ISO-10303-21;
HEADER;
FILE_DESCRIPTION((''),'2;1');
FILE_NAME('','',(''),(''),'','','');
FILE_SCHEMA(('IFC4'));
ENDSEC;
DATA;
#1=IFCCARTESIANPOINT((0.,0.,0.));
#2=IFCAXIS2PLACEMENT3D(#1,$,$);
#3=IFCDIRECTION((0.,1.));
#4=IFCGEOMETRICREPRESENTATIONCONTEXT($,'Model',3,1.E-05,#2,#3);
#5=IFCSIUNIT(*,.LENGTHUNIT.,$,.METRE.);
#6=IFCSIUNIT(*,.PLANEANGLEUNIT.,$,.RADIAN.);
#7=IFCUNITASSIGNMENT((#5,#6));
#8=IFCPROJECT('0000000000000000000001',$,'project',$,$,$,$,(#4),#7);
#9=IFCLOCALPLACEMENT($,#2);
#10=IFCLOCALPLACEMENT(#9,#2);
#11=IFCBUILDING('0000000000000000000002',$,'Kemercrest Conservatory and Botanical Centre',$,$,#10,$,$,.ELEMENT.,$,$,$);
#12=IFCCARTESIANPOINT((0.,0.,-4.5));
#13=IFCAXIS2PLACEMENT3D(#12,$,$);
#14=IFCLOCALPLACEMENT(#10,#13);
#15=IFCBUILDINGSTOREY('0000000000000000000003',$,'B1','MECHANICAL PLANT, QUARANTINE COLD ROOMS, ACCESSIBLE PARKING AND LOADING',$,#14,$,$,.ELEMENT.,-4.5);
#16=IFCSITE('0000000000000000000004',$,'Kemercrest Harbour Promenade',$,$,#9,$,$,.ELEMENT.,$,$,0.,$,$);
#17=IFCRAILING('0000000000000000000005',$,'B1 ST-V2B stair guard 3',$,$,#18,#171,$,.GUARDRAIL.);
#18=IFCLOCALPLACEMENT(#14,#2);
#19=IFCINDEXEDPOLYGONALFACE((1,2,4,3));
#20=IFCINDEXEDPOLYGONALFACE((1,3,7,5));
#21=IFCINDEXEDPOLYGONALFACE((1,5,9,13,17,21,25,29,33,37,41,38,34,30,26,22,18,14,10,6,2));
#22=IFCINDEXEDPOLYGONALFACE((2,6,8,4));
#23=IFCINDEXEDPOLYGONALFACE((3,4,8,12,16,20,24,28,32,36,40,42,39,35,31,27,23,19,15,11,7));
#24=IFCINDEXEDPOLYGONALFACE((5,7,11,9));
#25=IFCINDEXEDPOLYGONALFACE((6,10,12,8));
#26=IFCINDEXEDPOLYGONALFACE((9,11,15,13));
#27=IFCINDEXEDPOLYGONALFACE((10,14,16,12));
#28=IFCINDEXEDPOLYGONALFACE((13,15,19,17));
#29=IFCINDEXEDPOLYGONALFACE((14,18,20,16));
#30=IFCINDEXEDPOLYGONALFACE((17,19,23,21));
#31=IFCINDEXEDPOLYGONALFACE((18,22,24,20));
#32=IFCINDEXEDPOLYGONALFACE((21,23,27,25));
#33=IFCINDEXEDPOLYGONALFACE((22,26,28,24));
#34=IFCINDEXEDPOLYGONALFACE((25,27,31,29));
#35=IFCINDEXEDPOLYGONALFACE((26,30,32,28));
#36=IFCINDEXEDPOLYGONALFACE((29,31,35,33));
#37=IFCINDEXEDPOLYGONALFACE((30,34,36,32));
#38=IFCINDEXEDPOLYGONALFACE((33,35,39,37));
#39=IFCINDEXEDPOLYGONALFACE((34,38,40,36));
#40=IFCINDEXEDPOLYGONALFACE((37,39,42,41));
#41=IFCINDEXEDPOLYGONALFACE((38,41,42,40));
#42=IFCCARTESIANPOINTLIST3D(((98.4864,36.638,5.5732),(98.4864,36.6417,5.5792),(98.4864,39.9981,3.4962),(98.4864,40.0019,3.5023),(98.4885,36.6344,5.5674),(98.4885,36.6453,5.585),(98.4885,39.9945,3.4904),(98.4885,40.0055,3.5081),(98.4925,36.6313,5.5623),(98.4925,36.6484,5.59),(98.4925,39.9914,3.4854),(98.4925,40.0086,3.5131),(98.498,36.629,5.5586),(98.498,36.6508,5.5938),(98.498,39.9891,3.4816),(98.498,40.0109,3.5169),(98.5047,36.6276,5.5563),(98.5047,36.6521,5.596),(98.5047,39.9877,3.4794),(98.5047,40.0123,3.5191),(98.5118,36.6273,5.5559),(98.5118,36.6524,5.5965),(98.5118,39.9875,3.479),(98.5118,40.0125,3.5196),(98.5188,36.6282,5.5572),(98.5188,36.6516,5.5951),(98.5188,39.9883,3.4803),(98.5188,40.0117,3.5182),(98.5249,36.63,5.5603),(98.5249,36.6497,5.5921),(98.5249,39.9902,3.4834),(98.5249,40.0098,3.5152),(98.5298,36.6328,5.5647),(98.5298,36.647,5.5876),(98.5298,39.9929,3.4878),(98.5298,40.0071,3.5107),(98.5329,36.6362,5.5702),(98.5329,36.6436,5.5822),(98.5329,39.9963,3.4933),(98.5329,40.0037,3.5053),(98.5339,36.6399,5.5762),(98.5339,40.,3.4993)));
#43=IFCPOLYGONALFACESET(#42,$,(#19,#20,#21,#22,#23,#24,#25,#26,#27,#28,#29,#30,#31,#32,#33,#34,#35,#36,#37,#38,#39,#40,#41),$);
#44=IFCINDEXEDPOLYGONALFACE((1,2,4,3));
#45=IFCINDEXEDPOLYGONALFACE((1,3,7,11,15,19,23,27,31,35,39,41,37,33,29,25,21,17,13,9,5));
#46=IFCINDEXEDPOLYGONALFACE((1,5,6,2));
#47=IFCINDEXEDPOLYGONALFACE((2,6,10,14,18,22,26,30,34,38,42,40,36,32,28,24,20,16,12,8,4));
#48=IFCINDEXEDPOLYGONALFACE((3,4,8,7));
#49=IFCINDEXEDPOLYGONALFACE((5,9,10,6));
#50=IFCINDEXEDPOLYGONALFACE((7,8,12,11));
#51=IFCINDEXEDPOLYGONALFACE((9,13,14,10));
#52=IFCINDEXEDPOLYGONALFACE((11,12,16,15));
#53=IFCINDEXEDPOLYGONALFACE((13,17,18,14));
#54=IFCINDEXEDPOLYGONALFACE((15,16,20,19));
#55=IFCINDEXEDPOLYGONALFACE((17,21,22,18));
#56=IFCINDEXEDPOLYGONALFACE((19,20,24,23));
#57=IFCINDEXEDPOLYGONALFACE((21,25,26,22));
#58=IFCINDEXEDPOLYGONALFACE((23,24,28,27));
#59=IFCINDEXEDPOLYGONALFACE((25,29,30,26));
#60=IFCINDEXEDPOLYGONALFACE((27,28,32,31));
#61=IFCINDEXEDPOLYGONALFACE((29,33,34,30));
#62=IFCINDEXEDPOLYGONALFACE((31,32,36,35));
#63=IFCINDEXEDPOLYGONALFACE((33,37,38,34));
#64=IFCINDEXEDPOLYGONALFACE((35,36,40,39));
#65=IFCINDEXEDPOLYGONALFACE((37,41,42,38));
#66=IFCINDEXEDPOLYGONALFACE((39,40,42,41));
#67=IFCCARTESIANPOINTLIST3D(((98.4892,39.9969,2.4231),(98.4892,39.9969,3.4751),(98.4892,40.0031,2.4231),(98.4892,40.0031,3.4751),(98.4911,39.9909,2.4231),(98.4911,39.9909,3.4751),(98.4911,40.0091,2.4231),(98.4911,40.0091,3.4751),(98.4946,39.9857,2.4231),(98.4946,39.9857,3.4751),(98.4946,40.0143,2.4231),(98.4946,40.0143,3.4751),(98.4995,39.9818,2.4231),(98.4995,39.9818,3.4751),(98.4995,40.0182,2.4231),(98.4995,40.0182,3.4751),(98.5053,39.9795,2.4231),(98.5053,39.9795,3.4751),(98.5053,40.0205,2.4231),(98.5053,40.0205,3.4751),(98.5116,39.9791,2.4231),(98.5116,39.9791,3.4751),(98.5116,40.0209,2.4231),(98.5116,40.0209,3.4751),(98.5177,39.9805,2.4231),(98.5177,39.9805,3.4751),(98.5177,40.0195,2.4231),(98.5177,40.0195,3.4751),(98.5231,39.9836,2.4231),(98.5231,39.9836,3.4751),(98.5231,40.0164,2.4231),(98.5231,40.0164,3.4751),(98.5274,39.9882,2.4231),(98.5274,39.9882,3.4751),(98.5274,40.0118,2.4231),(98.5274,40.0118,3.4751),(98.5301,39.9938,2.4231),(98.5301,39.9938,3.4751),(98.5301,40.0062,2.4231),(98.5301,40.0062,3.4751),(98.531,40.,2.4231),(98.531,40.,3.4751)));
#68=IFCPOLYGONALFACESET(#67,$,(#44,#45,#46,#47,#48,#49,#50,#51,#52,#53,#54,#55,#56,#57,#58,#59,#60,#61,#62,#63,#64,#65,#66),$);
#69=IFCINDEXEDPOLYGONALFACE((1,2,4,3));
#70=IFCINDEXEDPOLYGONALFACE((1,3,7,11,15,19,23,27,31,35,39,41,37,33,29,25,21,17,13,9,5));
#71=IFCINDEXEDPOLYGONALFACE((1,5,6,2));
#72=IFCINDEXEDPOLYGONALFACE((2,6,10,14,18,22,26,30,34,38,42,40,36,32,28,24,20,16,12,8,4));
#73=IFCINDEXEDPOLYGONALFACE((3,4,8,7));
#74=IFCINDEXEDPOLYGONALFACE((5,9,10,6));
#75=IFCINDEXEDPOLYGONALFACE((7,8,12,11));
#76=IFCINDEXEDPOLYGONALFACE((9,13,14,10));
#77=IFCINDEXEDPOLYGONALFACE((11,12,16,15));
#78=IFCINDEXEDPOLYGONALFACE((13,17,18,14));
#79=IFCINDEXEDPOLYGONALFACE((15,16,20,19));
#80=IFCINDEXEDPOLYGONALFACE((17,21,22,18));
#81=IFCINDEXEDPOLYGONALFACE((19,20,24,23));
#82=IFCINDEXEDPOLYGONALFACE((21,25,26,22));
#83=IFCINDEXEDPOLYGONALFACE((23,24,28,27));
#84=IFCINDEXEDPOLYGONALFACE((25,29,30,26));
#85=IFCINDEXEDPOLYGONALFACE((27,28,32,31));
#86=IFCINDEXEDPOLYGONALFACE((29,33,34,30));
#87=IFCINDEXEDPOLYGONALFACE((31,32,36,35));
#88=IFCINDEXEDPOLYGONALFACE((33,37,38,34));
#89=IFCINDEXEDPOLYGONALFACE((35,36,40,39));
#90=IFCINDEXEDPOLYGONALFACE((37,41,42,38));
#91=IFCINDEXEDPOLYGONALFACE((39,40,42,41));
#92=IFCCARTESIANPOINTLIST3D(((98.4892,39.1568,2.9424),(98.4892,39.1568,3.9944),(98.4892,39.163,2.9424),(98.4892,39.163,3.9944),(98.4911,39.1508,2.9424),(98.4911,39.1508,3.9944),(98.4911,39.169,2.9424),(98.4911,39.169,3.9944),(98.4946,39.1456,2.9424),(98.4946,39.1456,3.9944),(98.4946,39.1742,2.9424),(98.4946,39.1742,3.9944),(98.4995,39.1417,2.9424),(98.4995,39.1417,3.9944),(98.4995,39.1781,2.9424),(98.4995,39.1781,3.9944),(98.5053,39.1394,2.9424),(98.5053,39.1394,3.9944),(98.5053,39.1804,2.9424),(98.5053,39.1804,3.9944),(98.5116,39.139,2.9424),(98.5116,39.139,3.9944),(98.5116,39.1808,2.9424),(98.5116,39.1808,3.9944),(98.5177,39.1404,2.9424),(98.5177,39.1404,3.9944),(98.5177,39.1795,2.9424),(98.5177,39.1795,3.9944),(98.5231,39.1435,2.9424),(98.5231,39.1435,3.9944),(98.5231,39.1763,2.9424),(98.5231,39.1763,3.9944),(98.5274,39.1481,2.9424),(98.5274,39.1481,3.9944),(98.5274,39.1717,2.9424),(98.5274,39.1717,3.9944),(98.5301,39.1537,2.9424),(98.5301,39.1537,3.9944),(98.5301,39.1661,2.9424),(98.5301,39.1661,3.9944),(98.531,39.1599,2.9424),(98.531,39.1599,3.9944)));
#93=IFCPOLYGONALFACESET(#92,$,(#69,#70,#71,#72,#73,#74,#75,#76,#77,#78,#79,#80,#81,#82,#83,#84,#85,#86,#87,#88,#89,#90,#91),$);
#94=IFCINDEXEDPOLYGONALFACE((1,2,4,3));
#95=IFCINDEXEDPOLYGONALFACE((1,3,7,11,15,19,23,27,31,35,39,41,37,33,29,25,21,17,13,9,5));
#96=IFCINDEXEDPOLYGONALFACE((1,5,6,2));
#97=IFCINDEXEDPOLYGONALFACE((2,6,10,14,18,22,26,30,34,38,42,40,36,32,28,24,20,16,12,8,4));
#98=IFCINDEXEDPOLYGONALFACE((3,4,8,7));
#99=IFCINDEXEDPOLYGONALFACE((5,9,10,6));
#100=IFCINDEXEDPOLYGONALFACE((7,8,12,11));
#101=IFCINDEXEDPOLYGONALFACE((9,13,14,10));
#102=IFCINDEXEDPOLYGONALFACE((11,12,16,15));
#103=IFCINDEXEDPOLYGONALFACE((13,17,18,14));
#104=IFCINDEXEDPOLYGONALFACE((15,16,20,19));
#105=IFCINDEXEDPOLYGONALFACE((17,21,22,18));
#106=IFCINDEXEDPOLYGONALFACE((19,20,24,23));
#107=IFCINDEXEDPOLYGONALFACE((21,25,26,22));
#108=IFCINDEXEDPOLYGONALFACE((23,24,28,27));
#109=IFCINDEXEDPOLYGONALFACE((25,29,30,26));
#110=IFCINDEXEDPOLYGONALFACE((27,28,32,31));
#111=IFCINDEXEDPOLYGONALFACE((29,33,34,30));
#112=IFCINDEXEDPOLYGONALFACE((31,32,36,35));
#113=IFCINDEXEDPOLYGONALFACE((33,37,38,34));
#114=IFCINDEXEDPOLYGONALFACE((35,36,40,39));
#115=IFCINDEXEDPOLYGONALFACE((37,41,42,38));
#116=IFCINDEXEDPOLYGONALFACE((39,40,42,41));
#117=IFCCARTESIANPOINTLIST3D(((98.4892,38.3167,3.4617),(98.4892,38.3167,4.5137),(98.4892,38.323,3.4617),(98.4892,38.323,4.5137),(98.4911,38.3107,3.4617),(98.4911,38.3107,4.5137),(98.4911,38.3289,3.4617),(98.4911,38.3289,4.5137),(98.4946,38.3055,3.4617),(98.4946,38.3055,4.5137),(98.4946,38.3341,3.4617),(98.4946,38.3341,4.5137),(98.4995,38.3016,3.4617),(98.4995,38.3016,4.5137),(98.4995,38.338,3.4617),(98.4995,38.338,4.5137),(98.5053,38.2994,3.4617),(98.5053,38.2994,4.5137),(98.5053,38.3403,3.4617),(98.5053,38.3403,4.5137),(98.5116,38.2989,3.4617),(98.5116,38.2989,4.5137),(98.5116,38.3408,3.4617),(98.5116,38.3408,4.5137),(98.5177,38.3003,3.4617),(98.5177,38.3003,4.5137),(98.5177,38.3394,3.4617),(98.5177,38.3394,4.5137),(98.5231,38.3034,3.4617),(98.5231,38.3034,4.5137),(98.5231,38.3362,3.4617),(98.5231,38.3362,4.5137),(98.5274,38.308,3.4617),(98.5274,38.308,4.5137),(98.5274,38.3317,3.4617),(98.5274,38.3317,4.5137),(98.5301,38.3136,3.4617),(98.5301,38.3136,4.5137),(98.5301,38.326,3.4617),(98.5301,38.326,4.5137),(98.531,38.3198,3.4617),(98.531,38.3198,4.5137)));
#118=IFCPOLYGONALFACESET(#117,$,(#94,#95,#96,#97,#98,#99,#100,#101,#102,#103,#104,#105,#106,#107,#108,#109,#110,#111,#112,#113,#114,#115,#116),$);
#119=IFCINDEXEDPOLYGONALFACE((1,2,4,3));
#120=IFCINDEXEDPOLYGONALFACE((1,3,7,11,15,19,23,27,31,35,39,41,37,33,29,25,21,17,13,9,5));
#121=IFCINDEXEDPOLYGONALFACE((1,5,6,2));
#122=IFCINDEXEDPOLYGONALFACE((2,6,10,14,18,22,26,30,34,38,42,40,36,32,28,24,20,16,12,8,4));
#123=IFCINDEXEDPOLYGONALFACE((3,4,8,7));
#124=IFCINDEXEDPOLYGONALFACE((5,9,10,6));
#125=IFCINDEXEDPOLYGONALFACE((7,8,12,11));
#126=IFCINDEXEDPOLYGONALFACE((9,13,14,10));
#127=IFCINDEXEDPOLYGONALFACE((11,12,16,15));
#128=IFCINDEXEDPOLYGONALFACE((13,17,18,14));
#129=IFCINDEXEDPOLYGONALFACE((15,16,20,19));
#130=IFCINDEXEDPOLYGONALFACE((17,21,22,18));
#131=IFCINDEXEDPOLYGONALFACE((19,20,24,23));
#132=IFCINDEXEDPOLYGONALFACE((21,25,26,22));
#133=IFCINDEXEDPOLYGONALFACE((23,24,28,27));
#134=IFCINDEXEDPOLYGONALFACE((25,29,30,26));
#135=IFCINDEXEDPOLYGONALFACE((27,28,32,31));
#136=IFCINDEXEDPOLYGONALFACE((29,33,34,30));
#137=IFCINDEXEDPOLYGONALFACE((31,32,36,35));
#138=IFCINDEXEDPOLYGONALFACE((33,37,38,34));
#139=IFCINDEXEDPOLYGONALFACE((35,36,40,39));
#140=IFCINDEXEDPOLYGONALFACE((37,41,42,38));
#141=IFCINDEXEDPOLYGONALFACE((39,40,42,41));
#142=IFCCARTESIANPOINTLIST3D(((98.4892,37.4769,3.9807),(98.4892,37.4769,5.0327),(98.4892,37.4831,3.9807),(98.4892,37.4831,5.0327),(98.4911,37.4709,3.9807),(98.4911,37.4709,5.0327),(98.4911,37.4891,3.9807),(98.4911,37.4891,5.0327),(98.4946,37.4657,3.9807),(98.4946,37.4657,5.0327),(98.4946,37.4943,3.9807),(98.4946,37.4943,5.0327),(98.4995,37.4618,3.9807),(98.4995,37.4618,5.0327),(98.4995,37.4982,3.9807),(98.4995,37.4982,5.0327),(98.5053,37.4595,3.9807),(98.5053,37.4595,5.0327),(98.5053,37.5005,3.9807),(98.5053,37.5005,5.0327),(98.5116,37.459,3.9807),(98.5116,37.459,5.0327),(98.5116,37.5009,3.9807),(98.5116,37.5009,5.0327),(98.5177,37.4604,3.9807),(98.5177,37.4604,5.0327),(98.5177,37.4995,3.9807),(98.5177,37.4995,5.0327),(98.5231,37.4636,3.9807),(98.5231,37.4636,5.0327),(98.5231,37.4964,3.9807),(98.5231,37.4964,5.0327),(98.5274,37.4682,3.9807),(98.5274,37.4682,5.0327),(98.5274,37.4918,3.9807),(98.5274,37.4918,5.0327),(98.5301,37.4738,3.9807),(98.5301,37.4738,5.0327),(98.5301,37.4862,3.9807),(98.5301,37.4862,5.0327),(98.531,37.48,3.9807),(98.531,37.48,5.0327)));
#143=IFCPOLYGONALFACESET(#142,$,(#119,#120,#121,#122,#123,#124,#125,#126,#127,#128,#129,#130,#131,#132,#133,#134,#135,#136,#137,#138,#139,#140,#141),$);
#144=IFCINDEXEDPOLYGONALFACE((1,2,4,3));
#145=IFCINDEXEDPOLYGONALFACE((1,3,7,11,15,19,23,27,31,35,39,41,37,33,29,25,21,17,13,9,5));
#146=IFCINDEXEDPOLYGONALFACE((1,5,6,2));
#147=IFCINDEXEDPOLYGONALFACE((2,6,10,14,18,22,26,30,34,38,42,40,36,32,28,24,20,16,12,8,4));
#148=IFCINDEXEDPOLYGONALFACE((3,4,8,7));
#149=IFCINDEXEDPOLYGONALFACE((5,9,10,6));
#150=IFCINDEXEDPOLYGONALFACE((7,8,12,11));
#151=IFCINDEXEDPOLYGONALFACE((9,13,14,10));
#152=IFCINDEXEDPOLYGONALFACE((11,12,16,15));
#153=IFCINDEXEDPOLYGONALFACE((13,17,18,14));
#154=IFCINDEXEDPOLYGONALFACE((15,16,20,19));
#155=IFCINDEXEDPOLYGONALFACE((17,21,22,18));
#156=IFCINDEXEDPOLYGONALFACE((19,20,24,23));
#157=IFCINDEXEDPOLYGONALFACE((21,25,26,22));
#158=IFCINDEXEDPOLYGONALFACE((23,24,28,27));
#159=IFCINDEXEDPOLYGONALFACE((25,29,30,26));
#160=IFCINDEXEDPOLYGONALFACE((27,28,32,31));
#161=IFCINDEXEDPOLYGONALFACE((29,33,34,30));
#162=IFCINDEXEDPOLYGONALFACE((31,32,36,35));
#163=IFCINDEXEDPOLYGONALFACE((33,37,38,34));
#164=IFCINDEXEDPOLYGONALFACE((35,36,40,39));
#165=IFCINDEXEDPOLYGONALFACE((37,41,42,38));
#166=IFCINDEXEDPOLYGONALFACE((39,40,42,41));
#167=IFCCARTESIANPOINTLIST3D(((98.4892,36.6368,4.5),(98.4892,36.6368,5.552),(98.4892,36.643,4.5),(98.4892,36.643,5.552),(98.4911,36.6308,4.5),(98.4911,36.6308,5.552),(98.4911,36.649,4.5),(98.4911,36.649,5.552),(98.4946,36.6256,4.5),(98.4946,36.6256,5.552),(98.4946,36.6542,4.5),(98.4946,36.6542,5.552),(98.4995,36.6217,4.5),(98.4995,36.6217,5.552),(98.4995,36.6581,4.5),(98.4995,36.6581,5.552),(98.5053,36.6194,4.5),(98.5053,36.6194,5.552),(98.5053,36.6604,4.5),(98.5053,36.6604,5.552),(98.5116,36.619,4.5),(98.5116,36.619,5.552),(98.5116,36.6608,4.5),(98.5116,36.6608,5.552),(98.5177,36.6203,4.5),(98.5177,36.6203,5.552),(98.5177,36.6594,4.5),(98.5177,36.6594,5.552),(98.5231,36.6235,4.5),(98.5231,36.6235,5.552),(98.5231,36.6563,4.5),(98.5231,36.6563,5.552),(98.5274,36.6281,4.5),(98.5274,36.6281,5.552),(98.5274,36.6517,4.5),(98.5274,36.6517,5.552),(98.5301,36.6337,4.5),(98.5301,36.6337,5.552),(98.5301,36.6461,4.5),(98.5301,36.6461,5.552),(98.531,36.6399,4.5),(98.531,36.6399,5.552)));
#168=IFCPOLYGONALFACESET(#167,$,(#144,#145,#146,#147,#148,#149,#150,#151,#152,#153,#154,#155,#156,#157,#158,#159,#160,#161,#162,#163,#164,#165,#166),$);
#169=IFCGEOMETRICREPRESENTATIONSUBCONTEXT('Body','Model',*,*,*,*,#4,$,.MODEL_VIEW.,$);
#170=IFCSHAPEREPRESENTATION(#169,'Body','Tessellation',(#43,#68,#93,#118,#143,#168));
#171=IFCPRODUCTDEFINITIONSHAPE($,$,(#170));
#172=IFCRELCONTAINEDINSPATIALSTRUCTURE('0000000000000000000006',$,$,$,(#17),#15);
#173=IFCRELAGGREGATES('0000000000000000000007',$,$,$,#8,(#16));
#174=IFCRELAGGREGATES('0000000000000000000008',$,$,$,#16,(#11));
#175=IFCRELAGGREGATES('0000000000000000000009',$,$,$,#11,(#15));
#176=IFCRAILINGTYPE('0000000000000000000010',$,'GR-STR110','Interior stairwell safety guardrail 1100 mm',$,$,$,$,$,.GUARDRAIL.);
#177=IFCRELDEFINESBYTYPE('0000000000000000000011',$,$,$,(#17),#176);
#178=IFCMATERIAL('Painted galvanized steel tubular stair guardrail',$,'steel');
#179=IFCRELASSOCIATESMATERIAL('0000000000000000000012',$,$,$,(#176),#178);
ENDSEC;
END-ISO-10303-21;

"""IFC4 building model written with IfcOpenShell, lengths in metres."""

from ifc_helpers import new_model, si_unit, direction, frame, origin, origin_2d, place, context, subcontext, project, spatial, circle, extrude, material, type_object, element, save


model = new_model("IFC4")

# Units and contexts
model_context = context("Model", 3, precision=1e-05, world=origin(), true_north=direction((0.0, 1.0)))
body_context = subcontext(model_context, "Body", "Model", "MODEL_VIEW")
ifc_project = project(units=[si_unit("LENGTHUNIT", "METRE"), si_unit("PLANEANGLEUNIT", "RADIAN")], contexts=[model_context])

# Site, building, storey
site_placement = place(None, origin())
site = spatial("IfcSite", under=ifc_project, at=site_placement, Name="Kemercrest Harbour Promenade", CompositionType="ELEMENT", RefElevation=0.0)
building_placement = place(site_placement, origin())
building = spatial("IfcBuilding", under=site, at=building_placement, Name="Kemercrest Conservatory and Botanical Centre", CompositionType="ELEMENT")
storey_placement = place(building_placement, frame((0.0, 0.0, -4.5)))
storey = spatial("IfcBuildingStorey", under=building, at=storey_placement, Name="B1", Description="MECHANICAL PLANT, QUARANTINE COLD ROOMS, ACCESSIBLE PARKING AND LOADING", CompositionType="ELEMENT", Elevation=-4.5)

# Railing
ifc_material_1 = material(Name="Painted galvanized steel tubular stair guardrail", Category="steel")
railing_type_1 = type_object("IfcRailingType", Name="GR-STR110", Description="Interior stairwell safety guardrail 1100 mm", PredefinedType="GUARDRAIL", material=ifc_material_1)
railing_1_placement = place(storey_placement, frame((98.51, 40.0, 2.4231)))
element("IfcRailing", 1, at=railing_1_placement, inside=storey, type_object=railing_type_1, Name="B1 ST-V2B stair guard 3", PredefinedType="GUARDRAIL", context=body_context, shape_type="SweptSolid", body=[
    extrude(circle(Radius=0.0239, at=origin_2d()), frame((0.0, 0.0, 1.0762), z_axis=(0.0, -0.850623, 0.525776), x_axis=(1.0, 0.0, 0.0)), (0.0, 0.0, 1.0), 3.9502),
    extrude(circle(Radius=0.021, at=origin_2d()), origin(), (0.0, 0.0, 1.0), 1.052),
    extrude(circle(Radius=0.021, at=origin_2d()), frame((0.0, -0.8401, 0.5193)), (0.0, 0.0, 1.0), 1.052),
    extrude(circle(Radius=0.021, at=origin_2d()), frame((0.0, -1.6802, 1.0386)), (0.0, 0.0, 1.0), 1.052),
    extrude(circle(Radius=0.021, at=origin_2d()), frame((0.0, -2.52, 1.5576)), (0.0, 0.0, 1.0), 1.052),
    extrude(circle(Radius=0.021, at=origin_2d()), frame((0.0, -3.3601, 2.0769)), (0.0, 0.0, 1.0), 1.052),
])

save(model, "model.ifc")
